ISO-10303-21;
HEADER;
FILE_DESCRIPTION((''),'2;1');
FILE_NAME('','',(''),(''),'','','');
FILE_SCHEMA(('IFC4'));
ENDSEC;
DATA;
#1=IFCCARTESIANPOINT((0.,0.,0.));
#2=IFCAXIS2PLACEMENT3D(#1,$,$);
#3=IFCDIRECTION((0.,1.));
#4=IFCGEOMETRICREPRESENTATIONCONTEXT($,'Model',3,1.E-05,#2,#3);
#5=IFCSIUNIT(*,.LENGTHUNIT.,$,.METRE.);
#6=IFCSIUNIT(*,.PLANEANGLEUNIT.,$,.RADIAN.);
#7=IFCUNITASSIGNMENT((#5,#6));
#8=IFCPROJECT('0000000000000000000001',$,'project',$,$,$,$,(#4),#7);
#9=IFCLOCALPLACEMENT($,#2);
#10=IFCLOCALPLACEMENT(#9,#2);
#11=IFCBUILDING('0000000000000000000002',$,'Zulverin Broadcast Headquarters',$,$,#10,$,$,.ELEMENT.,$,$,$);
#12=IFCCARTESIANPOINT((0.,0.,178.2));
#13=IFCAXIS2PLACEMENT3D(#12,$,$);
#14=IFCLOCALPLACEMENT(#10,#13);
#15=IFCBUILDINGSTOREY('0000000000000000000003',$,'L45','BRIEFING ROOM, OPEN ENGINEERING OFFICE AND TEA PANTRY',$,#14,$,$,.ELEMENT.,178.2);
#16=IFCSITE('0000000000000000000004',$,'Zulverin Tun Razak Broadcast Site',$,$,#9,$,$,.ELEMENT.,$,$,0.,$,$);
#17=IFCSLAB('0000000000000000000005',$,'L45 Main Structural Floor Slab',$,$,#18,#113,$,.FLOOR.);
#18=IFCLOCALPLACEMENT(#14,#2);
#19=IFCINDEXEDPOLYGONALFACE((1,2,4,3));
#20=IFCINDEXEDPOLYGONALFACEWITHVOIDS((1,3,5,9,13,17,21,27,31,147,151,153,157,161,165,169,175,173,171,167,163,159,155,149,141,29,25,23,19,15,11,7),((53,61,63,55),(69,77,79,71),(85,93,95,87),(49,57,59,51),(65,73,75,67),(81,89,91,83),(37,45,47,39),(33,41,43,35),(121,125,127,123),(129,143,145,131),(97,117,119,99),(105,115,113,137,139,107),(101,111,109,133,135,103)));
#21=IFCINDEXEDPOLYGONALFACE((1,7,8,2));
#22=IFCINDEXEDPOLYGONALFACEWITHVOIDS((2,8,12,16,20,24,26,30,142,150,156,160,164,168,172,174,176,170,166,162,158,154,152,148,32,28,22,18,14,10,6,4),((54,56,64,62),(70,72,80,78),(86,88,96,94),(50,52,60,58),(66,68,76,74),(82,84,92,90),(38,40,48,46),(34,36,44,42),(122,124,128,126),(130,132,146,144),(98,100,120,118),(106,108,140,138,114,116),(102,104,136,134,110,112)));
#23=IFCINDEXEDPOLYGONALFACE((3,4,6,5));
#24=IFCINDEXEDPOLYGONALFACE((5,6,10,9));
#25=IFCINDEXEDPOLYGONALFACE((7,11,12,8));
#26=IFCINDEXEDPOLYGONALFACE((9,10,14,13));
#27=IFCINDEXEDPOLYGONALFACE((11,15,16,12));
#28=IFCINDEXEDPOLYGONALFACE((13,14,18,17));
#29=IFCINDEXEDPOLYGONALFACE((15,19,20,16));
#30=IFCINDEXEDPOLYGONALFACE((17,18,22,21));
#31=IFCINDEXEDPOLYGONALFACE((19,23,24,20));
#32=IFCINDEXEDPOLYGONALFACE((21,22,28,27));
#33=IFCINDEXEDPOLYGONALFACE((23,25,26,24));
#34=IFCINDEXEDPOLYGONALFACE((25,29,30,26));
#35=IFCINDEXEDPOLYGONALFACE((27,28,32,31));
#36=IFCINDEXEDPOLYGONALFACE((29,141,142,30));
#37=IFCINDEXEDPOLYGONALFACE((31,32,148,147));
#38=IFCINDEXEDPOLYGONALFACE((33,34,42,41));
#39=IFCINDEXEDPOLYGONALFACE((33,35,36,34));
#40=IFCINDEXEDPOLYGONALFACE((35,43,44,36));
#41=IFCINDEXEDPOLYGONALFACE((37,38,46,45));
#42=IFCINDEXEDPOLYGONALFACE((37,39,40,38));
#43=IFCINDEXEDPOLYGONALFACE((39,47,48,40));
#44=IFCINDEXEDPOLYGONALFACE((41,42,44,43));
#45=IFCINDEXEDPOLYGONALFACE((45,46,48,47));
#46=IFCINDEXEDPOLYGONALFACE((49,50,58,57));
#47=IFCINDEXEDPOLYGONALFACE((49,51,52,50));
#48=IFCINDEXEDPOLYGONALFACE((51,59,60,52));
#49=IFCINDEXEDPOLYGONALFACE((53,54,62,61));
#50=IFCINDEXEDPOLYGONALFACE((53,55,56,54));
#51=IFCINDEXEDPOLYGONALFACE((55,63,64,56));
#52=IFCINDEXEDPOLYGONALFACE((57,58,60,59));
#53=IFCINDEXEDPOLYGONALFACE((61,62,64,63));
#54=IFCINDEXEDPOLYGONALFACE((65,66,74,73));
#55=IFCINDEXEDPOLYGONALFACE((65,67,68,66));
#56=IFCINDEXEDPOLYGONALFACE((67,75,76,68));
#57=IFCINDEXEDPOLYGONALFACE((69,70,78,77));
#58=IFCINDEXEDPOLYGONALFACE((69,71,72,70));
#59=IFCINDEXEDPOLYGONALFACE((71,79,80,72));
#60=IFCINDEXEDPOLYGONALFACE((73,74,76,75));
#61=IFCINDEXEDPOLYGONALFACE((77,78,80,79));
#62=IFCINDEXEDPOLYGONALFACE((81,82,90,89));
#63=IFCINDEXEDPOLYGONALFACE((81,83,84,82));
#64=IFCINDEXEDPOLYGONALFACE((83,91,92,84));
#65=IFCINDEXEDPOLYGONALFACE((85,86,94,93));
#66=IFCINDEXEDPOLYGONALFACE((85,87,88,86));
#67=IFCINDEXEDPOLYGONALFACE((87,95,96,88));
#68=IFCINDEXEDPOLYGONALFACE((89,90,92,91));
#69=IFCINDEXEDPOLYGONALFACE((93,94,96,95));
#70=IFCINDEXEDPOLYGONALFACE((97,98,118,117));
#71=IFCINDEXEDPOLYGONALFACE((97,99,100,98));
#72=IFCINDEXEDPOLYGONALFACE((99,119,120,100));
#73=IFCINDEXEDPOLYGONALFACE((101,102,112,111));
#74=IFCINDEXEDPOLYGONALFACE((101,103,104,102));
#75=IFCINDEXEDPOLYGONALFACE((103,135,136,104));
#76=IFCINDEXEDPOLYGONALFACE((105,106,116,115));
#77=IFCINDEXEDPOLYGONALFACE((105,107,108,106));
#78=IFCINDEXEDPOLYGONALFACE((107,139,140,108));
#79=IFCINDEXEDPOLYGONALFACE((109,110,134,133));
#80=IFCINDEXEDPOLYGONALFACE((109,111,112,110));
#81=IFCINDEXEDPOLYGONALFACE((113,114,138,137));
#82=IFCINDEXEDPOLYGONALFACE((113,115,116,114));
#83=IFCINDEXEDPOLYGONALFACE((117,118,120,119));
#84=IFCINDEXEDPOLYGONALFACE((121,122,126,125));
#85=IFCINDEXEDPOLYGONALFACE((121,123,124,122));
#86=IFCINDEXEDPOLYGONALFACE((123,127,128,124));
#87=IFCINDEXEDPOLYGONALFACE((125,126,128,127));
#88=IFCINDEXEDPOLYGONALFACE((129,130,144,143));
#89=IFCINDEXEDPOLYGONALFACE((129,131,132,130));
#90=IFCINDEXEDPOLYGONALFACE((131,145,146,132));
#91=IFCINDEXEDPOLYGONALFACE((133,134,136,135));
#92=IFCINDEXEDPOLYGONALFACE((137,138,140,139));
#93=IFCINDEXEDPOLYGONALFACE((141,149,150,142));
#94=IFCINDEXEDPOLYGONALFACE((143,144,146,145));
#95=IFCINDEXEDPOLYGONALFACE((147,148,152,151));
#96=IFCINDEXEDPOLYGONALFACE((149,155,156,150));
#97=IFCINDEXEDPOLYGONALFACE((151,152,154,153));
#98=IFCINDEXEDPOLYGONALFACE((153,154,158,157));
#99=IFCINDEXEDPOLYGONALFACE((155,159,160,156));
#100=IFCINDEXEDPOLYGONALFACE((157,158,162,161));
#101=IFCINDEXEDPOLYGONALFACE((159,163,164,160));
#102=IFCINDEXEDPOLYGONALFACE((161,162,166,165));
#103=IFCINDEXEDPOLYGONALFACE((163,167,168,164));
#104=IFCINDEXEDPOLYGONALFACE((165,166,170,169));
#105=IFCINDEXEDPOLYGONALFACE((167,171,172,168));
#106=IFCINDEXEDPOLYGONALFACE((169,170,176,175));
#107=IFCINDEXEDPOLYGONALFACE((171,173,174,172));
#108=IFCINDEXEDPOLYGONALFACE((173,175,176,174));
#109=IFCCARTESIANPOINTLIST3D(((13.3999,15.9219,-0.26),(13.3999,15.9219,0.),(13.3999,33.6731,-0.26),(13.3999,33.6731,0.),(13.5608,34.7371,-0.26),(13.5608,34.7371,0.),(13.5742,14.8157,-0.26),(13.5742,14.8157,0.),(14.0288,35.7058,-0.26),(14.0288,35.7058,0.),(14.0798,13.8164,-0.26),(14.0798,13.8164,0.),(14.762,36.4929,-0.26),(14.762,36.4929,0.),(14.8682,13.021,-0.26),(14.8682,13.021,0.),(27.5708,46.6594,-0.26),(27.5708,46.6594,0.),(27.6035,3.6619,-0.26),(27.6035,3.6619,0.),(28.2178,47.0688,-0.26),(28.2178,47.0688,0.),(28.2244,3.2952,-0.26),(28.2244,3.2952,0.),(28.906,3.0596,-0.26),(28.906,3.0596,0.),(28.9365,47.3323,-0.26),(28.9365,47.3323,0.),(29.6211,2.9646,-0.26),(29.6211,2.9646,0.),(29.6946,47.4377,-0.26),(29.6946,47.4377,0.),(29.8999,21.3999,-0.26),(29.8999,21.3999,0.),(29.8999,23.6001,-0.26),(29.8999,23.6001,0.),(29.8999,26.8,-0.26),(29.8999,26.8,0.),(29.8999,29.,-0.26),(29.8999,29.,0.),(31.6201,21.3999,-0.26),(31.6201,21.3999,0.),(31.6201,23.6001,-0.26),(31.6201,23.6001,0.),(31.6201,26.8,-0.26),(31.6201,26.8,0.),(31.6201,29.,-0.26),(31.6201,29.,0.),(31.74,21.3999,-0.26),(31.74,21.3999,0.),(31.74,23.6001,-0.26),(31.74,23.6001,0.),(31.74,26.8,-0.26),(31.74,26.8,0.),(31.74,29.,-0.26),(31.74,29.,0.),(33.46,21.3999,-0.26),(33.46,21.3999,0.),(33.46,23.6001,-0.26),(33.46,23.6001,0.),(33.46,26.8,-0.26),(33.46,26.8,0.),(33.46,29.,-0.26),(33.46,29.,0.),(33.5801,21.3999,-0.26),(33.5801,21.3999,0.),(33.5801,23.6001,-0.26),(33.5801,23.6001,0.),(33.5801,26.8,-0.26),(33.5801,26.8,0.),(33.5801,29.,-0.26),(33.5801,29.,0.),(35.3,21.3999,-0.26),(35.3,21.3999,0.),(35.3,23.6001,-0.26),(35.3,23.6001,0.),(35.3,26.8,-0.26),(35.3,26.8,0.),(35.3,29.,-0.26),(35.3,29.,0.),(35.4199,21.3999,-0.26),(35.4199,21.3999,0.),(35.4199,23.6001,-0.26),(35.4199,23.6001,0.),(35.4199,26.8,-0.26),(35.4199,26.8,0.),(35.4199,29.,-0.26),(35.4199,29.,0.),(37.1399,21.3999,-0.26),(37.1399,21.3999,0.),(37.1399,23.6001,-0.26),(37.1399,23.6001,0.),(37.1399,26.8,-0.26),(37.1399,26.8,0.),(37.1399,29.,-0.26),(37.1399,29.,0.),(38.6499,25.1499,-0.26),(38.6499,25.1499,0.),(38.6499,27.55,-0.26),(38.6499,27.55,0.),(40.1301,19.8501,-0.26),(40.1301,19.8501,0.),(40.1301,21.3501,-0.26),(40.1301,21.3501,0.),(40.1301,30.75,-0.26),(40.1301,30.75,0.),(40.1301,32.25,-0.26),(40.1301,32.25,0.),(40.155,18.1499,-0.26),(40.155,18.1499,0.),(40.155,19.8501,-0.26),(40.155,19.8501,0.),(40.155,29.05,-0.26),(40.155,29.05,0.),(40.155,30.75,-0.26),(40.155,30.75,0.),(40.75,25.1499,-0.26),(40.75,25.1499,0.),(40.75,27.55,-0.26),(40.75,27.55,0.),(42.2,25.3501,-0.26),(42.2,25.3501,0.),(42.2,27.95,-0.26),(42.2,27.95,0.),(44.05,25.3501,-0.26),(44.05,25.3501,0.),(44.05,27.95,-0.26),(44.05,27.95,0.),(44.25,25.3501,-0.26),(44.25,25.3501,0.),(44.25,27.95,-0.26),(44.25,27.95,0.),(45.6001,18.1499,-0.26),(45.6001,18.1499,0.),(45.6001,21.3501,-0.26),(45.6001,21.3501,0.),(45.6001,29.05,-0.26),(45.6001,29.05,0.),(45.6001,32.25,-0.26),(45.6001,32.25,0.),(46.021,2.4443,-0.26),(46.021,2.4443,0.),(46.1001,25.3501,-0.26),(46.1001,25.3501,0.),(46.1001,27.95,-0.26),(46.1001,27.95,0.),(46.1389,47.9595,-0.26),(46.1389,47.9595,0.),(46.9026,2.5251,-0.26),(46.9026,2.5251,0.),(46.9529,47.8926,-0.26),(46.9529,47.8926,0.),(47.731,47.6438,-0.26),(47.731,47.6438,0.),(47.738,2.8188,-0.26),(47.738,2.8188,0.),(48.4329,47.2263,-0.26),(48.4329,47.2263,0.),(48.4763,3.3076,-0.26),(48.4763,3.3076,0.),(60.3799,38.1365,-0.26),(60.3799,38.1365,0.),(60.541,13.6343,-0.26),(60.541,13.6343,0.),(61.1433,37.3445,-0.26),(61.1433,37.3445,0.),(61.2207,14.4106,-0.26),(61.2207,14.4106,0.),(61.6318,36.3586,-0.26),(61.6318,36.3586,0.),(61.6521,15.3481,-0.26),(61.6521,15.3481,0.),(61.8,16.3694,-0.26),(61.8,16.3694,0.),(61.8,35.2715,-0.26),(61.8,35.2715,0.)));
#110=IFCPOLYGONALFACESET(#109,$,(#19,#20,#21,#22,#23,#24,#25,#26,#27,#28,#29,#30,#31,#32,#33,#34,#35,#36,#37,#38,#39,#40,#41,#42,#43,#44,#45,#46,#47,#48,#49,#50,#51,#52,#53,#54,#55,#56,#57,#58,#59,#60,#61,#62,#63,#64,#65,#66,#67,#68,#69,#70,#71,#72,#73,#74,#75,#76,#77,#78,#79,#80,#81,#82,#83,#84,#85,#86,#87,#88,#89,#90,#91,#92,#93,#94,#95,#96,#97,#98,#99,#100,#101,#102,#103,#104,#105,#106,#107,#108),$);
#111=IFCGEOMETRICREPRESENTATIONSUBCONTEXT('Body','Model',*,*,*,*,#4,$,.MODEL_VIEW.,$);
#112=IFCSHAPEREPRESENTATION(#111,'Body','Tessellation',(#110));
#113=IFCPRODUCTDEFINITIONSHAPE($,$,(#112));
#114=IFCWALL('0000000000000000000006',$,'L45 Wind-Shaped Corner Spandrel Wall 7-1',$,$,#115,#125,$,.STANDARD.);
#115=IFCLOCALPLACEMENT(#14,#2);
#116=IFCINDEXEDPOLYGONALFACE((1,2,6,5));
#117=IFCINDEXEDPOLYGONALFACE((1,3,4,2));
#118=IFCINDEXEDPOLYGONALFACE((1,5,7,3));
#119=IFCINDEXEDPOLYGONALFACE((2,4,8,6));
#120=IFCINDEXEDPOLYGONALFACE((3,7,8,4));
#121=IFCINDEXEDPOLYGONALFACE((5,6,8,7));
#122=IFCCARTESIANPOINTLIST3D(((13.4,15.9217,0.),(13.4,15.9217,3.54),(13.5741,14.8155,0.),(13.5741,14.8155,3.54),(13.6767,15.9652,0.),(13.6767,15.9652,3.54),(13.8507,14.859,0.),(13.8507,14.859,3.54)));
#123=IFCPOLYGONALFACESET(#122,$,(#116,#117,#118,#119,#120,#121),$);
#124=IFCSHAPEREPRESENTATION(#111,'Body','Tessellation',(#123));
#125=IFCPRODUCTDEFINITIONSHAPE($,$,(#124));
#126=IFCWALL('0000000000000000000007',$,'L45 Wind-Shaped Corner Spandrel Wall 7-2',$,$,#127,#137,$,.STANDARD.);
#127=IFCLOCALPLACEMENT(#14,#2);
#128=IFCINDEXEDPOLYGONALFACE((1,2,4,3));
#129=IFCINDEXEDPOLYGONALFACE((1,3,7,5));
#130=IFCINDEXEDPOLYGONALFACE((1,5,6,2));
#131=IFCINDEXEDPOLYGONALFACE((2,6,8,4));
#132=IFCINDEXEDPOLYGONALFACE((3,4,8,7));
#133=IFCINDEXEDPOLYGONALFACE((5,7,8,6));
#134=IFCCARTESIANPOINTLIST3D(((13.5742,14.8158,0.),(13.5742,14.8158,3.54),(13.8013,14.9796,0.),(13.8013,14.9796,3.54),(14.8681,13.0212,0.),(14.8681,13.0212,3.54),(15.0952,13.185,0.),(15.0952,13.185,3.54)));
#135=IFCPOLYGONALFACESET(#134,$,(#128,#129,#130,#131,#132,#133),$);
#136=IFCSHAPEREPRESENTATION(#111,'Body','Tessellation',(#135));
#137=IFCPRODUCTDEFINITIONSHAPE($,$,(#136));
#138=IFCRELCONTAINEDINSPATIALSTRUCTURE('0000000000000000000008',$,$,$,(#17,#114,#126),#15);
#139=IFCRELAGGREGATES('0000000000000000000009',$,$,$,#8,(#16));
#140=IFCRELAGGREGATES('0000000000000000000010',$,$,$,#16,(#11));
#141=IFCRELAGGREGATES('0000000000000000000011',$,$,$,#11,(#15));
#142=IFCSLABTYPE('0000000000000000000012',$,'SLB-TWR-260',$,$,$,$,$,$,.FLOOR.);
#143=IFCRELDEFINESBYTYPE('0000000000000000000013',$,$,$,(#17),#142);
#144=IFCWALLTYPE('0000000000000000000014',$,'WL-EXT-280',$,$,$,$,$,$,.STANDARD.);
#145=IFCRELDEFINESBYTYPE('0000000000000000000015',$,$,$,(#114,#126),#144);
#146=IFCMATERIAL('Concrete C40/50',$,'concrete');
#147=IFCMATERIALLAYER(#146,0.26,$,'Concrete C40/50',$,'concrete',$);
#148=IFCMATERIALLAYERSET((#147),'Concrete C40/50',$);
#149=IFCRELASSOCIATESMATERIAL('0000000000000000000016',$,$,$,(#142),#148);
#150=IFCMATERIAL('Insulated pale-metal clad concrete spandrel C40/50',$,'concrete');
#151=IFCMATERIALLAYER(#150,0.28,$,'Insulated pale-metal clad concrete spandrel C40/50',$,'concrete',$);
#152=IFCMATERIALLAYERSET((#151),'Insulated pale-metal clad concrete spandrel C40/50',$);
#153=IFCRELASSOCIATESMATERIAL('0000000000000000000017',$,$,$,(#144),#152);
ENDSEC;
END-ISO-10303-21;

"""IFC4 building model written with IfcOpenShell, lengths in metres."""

from ifc_helpers import new_model, si_unit, direction, frame, frame_2d, origin, place, context, subcontext, project, spatial, polyline, rectangle, outline, extrude, material, layer, layer_set, type_object, element, save


model = new_model("IFC4")

# Units and contexts
model_context = context("Model", 3, precision=1e-05, world=origin(), true_north=direction((0.0, 1.0)))
body_context = subcontext(model_context, "Body", "Model", "MODEL_VIEW")
ifc_project = project(units=[si_unit("LENGTHUNIT", "METRE"), si_unit("PLANEANGLEUNIT", "RADIAN")], contexts=[model_context])

# Site, building, storey
site_placement = place(None, origin())
site = spatial("IfcSite", under=ifc_project, at=site_placement, Name="Zulverin Tun Razak Broadcast Site", CompositionType="ELEMENT", RefElevation=0.0)
building_placement = place(site_placement, origin())
building = spatial("IfcBuilding", under=site, at=building_placement, Name="Zulverin Broadcast Headquarters", CompositionType="ELEMENT")
storey_placement = place(building_placement, frame((0.0, 0.0, 178.2)))
storey = spatial("IfcBuildingStorey", under=building, at=storey_placement, Name="L45", Description="BRIEFING ROOM, OPEN ENGINEERING OFFICE AND TEA PANTRY", CompositionType="ELEMENT", Elevation=178.2)

# Shared definitions
ifc_material_1 = material(Name="Concrete C40/50", Category="concrete")

# Slab
ifc_layer_1 = layer(ifc_material_1, 0.26, Name="Concrete C40/50", Category="concrete")
ifc_layer_set_1 = layer_set([ifc_layer_1], Name="Concrete C40/50")
slab_type_1 = type_object("IfcSlabType", Name="SLB-TWR-260", PredefinedType="FLOOR", material=ifc_layer_set_1)
slab_1_placement = place(storey_placement, frame((0.0, 0.0, -0.26)))
element("IfcSlab", 1, at=slab_1_placement, inside=storey, type_object=slab_type_1, Name="L45 Main Structural Floor Slab", PredefinedType="FLOOR", context=body_context, shape_type="SweptSolid", body=[
    extrude(outline(polyline([(27.6035, 3.6619), (28.2244, 3.2952), (28.906, 3.0596), (29.6211, 2.9646), (46.021, 2.4443), (46.9026, 2.5251), (47.738, 2.8188), (48.4763, 3.3076), (60.541, 13.6343), (61.2207, 14.4106), (61.6521, 15.3481), (61.8, 16.3694), (61.8, 35.2715), (61.6318, 36.3586), (61.1433, 37.3445), (60.3799, 38.1365), (48.4329, 47.2263), (47.731, 47.6438), (46.9529, 47.8926), (46.1389, 47.9595), (29.6946, 47.4377), (28.9365, 47.3323), (28.2178, 47.0688), (27.5708, 46.6594), (14.762, 36.4929), (14.0288, 35.7058), (13.5608, 34.7371), (13.3999, 33.6731), (13.3999, 15.9219), (13.5742, 14.8157), (14.0798, 13.8164), (14.8682, 13.021), (27.6035, 3.6619)]), holes=[polyline([(40.155, 30.75), (40.1301, 30.75), (40.1301, 32.25), (45.6001, 32.25), (45.6001, 29.05), (40.155, 29.05), (40.155, 30.75)]), polyline([(40.155, 19.8501), (40.1301, 19.8501), (40.1301, 21.3501), (45.6001, 21.3501), (45.6001, 18.1499), (40.155, 18.1499), (40.155, 19.8501)]), polyline([(29.8999, 21.3999), (31.6201, 21.3999), (31.6201, 23.6001), (29.8999, 23.6001), (29.8999, 21.3999)]), polyline([(31.74, 21.3999), (33.46, 21.3999), (33.46, 23.6001), (31.74, 23.6001), (31.74, 21.3999)]), polyline([(33.5801, 21.3999), (35.3, 21.3999), (35.3, 23.6001), (33.5801, 23.6001), (33.5801, 21.3999)]), polyline([(35.4199, 21.3999), (37.1399, 21.3999), (37.1399, 23.6001), (35.4199, 23.6001), (35.4199, 21.3999)]), polyline([(29.8999, 26.8), (31.6201, 26.8), (31.6201, 29.0), (29.8999, 29.0), (29.8999, 26.8)]), polyline([(31.74, 26.8), (33.46, 26.8), (33.46, 29.0), (31.74, 29.0), (31.74, 26.8)]), polyline([(33.5801, 26.8), (35.3, 26.8), (35.3, 29.0), (33.5801, 29.0), (33.5801, 26.8)]), polyline([(35.4199, 26.8), (37.1399, 26.8), (37.1399, 29.0), (35.4199, 29.0), (35.4199, 26.8)]), polyline([(42.2, 25.3501), (44.05, 25.3501), (44.05, 27.95), (42.2, 27.95), (42.2, 25.3501)]), polyline([(44.25, 25.3501), (46.1001, 25.3501), (46.1001, 27.95), (44.25, 27.95), (44.25, 25.3501)]), polyline([(38.6499, 25.1499), (40.75, 25.1499), (40.75, 27.55), (38.6499, 27.55), (38.6499, 25.1499)])]), origin(), (0.0, 0.0, 1.0), 0.26),
])

# Walls
ifc_material_2 = material(Name="Insulated pale-metal clad concrete spandrel C40/50", Category="concrete")
ifc_layer_2 = layer(ifc_material_2, 0.28, Name="Insulated pale-metal clad concrete spandrel C40/50", Category="concrete")
ifc_layer_set_2 = layer_set([ifc_layer_2], Name="Insulated pale-metal clad concrete spandrel C40/50")
wall_type = type_object("IfcWallType", Name="WL-EXT-280", PredefinedType="STANDARD", material=ifc_layer_set_2)
wall_1_placement = place(storey_placement, frame((13.5383, 15.9436, 0.0), z_axis=(0.0, 0.0, 1.0), x_axis=(0.155448, -0.987844, 0.0)))
element("IfcWall", 2, at=wall_1_placement, inside=storey, type_object=wall_type, Name="L45 Wind-Shaped Corner Spandrel Wall 7-1", PredefinedType="STANDARD", context=body_context, shape_type="SweptSolid", body=[
    extrude(rectangle(XDim=1.1199, YDim=0.28, at=frame_2d((0.5601, 0.0))), origin(), (0.0, 0.0, 1.0), 3.54),
])
wall_2_placement = place(storey_placement, frame((13.6877, 14.8977, 0.0), z_axis=(0.0, 0.0, 1.0), x_axis=(0.584834, -0.811153, 0.0)))
element("IfcWall", 3, at=wall_2_placement, inside=storey, type_object=wall_type, Name="L45 Wind-Shaped Corner Spandrel Wall 7-2", PredefinedType="STANDARD", context=body_context, shape_type="SweptSolid", body=[
    extrude(rectangle(XDim=2.2124, YDim=0.28, at=frame_2d((1.1062, 0.0))), origin(), (0.0, 0.0, 1.0), 3.54),
])

save(model, "model.ifc")
